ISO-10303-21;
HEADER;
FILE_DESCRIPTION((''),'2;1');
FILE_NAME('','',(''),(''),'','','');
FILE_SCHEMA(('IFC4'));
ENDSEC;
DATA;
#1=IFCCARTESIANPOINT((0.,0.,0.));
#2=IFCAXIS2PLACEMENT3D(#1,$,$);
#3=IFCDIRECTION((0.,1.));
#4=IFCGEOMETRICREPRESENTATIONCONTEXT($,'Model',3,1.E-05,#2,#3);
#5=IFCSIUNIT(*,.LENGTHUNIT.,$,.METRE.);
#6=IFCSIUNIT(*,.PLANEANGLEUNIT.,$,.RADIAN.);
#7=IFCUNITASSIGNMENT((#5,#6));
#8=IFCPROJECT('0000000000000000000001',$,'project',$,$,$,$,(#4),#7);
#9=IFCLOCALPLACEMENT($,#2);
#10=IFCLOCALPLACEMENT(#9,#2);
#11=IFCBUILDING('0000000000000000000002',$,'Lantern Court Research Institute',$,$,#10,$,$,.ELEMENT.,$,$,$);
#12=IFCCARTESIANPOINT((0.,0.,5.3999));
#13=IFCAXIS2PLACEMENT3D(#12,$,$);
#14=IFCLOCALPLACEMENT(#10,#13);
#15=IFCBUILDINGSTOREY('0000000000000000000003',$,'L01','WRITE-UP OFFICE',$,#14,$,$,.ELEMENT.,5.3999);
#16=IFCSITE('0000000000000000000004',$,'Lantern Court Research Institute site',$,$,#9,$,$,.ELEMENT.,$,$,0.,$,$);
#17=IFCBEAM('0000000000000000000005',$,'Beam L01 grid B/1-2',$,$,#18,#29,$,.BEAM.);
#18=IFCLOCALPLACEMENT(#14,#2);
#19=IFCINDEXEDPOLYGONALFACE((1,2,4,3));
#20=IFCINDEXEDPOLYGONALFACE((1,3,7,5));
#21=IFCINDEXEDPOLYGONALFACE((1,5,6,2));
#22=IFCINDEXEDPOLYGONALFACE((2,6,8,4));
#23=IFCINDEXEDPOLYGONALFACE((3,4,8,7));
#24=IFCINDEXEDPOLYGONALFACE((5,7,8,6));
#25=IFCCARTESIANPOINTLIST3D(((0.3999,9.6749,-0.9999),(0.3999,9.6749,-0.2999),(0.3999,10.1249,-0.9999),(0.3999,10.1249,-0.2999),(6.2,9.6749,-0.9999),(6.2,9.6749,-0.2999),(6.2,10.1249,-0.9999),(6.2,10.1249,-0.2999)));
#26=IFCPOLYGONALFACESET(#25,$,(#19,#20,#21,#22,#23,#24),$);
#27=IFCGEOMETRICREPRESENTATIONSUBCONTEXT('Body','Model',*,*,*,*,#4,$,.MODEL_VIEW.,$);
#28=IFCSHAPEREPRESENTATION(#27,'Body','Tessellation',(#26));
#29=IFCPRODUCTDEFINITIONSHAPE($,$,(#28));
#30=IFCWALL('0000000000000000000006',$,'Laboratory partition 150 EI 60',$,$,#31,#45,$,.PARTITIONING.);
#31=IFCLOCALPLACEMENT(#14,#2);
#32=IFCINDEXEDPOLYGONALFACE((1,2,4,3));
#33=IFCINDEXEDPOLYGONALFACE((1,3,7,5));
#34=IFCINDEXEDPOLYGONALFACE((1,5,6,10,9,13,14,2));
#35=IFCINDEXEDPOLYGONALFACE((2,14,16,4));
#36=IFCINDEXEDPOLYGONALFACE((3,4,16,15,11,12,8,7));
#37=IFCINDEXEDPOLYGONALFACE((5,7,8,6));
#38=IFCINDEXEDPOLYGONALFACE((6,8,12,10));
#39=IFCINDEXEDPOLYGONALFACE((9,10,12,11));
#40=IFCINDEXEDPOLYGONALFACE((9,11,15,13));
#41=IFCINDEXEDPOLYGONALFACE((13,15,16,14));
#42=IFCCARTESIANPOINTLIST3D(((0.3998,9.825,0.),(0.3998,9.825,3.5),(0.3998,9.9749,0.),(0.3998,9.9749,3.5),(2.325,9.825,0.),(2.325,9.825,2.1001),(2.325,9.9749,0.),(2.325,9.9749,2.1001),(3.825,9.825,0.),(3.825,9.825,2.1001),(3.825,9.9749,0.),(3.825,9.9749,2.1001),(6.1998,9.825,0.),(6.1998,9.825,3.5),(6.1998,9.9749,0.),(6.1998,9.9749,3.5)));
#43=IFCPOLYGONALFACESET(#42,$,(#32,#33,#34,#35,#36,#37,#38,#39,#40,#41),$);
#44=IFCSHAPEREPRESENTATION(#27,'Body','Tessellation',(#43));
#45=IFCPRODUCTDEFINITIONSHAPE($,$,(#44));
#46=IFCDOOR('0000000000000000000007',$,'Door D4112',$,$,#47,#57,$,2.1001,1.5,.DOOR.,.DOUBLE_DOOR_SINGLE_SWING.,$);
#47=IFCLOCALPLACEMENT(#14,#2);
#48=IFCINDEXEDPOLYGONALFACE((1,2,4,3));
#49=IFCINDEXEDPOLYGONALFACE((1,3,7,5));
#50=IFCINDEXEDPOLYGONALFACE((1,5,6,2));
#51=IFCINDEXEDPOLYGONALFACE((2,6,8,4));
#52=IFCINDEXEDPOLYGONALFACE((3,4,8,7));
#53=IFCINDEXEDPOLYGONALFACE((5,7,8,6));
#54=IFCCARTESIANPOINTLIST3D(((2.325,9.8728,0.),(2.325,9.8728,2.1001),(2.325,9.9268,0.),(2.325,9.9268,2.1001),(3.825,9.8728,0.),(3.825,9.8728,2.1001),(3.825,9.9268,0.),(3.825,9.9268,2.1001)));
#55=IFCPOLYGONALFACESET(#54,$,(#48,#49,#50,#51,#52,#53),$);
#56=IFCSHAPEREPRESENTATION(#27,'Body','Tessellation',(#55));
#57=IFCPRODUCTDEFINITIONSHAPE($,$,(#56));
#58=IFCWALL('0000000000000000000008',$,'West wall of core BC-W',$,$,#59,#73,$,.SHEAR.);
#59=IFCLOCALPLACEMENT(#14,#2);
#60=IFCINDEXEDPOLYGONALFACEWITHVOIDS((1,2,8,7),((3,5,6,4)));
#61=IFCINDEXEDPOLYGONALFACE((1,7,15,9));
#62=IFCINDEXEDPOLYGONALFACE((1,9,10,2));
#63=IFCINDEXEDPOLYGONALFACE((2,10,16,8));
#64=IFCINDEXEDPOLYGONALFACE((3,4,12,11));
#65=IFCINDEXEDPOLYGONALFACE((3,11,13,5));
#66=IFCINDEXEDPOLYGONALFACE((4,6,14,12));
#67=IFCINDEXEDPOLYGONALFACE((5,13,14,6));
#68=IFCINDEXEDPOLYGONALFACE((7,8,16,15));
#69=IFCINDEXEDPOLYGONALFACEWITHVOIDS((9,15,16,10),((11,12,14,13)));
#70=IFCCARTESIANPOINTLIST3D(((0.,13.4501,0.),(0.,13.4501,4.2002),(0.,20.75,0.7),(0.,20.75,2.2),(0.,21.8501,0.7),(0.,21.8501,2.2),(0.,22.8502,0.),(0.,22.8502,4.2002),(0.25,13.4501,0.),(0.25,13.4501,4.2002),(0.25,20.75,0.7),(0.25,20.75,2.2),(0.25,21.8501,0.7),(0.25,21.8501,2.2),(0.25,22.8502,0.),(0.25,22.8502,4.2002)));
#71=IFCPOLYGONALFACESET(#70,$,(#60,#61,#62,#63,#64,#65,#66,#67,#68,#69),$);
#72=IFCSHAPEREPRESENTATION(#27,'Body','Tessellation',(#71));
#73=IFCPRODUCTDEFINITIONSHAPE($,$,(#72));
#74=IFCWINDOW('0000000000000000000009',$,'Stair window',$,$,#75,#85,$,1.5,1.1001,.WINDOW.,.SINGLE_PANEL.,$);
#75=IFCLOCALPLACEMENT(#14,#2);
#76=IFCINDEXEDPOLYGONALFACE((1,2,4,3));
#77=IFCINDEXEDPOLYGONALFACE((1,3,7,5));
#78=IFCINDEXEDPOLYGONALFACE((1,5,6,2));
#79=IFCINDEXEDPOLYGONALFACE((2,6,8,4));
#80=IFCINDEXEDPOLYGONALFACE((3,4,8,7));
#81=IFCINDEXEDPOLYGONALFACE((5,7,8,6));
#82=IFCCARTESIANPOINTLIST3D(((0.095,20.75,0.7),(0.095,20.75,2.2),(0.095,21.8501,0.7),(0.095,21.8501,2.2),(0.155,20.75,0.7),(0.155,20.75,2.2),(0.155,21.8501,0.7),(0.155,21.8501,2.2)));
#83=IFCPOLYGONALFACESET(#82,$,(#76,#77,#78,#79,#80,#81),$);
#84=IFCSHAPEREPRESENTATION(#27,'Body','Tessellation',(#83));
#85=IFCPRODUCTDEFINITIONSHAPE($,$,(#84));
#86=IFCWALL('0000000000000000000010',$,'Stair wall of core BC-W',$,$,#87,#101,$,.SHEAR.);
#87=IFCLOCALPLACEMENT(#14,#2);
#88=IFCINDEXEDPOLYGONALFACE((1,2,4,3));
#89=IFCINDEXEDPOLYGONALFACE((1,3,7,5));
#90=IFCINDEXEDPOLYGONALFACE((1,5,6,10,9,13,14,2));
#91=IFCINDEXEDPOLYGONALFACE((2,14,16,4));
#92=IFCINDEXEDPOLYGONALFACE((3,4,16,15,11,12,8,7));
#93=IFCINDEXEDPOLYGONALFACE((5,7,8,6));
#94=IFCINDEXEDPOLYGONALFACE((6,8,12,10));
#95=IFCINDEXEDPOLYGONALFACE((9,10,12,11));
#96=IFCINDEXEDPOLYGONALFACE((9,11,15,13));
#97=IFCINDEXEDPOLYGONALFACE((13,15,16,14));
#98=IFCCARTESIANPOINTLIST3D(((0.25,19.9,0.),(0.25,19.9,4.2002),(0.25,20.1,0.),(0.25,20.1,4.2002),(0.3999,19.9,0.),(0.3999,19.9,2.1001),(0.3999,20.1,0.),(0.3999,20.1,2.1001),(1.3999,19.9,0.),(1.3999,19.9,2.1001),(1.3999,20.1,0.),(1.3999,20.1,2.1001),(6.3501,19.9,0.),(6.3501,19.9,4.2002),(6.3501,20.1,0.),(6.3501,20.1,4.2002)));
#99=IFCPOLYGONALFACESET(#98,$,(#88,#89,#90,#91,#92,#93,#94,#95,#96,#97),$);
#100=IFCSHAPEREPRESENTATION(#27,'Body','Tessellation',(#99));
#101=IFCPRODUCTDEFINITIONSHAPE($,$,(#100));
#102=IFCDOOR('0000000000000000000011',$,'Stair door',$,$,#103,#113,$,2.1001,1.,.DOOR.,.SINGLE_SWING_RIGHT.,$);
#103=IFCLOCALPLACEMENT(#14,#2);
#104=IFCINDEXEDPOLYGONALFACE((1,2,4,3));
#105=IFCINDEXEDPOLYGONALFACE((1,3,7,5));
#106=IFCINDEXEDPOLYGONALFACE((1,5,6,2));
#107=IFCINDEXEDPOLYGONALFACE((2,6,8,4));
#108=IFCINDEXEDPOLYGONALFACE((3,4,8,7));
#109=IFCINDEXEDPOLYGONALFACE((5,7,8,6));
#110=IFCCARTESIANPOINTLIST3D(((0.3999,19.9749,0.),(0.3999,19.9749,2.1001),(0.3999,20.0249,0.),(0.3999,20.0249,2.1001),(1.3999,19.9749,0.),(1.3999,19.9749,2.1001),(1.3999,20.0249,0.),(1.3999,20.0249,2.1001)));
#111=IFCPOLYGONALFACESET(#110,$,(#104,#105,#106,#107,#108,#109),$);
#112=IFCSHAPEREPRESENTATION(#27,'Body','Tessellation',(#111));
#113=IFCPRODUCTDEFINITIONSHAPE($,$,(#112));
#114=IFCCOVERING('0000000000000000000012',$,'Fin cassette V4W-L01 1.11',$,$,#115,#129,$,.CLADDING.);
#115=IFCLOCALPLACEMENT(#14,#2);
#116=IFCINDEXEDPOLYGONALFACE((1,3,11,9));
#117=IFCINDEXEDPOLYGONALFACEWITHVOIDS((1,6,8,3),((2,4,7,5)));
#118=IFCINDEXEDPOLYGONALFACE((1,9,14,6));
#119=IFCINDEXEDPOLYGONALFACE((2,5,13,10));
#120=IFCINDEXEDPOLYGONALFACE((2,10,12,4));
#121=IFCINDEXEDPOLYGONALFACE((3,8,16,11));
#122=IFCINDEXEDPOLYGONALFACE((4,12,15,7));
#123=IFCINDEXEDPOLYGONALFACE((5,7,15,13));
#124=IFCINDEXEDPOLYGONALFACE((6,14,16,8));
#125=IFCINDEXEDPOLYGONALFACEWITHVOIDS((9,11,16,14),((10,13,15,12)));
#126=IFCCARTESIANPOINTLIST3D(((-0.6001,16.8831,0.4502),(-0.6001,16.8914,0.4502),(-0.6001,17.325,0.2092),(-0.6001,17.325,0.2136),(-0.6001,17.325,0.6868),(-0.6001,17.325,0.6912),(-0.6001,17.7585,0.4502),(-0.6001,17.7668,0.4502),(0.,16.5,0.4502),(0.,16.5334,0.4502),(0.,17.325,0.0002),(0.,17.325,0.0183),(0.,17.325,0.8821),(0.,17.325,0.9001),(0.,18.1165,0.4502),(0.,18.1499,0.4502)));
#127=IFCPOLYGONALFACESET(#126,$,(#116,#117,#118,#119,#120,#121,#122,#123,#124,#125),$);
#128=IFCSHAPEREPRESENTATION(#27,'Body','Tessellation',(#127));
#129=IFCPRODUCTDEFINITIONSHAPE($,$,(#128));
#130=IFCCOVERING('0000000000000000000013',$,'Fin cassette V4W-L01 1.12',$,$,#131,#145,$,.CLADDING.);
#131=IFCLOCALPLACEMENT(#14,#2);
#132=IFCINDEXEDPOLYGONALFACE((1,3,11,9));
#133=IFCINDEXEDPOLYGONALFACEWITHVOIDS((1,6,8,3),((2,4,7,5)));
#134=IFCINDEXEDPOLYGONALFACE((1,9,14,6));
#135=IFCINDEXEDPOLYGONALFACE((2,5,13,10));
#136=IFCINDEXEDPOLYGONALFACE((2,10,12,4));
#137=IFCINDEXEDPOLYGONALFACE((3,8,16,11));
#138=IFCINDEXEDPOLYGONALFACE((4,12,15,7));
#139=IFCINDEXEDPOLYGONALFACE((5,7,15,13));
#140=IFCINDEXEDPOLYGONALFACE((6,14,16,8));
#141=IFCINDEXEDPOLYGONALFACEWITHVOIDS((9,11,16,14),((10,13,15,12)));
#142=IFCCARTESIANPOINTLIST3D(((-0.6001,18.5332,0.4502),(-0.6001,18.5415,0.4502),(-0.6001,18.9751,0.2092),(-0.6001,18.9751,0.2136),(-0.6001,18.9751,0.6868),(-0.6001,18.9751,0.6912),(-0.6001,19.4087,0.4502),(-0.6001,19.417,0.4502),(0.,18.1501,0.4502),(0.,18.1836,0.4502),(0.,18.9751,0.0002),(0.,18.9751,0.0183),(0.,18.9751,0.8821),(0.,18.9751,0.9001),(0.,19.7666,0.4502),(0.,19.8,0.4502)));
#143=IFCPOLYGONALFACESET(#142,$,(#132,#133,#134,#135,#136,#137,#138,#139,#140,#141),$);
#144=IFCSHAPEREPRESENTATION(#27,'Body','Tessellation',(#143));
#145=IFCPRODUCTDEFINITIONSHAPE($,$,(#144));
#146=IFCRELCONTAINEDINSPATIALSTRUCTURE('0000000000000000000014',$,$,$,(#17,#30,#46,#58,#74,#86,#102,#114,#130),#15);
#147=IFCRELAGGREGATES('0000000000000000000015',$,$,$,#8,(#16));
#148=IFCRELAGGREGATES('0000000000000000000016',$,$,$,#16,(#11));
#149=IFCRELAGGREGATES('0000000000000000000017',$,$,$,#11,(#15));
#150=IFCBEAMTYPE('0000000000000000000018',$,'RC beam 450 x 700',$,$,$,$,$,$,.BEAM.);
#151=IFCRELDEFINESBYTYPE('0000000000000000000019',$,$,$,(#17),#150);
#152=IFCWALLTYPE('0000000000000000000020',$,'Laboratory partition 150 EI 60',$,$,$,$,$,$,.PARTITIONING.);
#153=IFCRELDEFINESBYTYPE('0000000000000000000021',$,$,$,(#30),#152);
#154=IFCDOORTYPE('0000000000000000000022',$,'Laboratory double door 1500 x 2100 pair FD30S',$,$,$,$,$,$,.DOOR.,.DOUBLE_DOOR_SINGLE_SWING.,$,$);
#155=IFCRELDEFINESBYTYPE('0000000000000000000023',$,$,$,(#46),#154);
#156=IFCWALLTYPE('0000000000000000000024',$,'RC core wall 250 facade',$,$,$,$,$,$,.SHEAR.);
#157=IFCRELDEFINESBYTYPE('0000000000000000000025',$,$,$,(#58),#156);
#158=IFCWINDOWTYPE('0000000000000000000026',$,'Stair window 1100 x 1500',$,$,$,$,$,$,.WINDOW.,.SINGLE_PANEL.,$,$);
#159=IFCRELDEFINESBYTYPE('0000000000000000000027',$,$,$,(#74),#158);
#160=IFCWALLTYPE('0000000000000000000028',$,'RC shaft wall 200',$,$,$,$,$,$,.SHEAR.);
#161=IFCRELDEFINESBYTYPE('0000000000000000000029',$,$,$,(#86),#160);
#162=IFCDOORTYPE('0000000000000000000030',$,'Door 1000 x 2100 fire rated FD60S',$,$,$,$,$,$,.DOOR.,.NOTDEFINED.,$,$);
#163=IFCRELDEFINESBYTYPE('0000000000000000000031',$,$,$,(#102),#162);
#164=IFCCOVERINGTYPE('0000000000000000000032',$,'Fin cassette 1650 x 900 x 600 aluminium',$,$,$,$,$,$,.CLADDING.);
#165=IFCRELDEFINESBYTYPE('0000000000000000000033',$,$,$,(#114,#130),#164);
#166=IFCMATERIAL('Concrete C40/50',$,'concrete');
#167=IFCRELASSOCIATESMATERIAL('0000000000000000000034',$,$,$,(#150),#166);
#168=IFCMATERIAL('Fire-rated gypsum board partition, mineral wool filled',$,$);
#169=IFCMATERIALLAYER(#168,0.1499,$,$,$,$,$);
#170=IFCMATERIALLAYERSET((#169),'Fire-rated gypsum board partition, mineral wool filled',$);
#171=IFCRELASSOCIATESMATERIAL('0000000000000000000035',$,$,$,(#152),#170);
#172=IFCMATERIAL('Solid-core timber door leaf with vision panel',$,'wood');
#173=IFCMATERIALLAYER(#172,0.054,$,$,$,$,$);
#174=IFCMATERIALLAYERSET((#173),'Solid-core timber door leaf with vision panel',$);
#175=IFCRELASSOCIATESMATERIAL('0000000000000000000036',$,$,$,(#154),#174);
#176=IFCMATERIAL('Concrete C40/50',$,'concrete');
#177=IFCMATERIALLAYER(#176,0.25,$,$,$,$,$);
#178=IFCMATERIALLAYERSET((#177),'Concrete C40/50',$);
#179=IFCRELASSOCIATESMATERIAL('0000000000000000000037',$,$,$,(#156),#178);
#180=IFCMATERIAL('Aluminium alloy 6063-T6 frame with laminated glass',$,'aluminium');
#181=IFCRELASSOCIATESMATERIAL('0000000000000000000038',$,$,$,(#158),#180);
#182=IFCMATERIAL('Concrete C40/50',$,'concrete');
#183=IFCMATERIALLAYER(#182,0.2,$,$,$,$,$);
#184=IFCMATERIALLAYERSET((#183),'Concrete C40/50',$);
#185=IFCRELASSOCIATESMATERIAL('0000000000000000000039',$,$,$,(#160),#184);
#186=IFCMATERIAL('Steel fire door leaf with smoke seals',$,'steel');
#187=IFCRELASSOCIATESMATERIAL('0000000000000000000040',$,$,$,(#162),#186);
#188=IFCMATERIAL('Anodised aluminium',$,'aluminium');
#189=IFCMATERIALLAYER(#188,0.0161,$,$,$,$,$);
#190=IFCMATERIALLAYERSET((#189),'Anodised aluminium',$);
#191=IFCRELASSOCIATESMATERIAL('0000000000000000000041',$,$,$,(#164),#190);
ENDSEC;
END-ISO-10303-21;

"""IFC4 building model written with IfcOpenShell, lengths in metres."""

from ifc_helpers import new_model, entity, si_unit, direction, frame, frame_2d, origin, origin_2d, place, context, subcontext, project, spatial, rectangle, extrude, material, layer, layer_set, material_profile, profile_set, type_object, element, fill, save


model = new_model("IFC4")

# Units and contexts
model_context = context("Model", 3, precision=1e-05, world=origin(), true_north=direction((0.0, 1.0)))
body_context = subcontext(model_context, "Body", "Model", "MODEL_VIEW")
ifc_project = project(units=[si_unit("LENGTHUNIT", "METRE"), si_unit("PLANEANGLEUNIT", "RADIAN")], contexts=[model_context])

# Site, building, storey
site_placement = place(None, origin())
site = spatial("IfcSite", under=ifc_project, at=site_placement, Name="Lantern Court Research Institute site", CompositionType="ELEMENT", RefElevation=0.0)
building_placement = place(site_placement, origin())
building = spatial("IfcBuilding", under=site, at=building_placement, Name="Lantern Court Research Institute", CompositionType="ELEMENT")
storey_placement = place(building_placement, frame((0.0, 0.0, 5.3999)))
storey = spatial("IfcBuildingStorey", under=building, at=storey_placement, Name="L01", Description="WRITE-UP OFFICE", CompositionType="ELEMENT", Elevation=5.3999)

# Beam
ifc_material_1 = material(Name="Concrete C40/50", Category="concrete")
ifc_material_profile = material_profile(ifc_material_1, rectangle(XDim=0.45, YDim=0.7, at=origin_2d()), Name="RC beam 450 x 700")
ifc_profile_set = profile_set([ifc_material_profile], Name="Concrete C40/50")
beam_type = type_object("IfcBeamType", Name="RC beam 450 x 700", PredefinedType="BEAM", material=ifc_profile_set)
beam_placement = place(storey_placement, frame((0.3999, 9.8999, -0.6499), z_axis=(1.0, 0.0, 0.0), x_axis=(0.0, 1.0, 0.0)))
element("IfcBeam", 1, at=beam_placement, inside=storey, type_object=beam_type, Name="Beam L01 grid B/1-2", PredefinedType="BEAM", context=body_context, shape_type="SweptSolid", body=[
    extrude(rectangle(XDim=0.45, YDim=0.7, at=origin_2d()), origin(), (0.0, 0.0, 1.0), 5.8),
])

# Wall, opening, door
ifc_material_2 = material(Name="Fire-rated gypsum board partition, mineral wool filled")
ifc_layer_1 = layer(ifc_material_2, 0.1499)
ifc_layer_set_1 = layer_set([ifc_layer_1], Name="Fire-rated gypsum board partition, mineral wool filled")
wall_type_1 = type_object("IfcWallType", Name="Laboratory partition 150 EI 60", PredefinedType="PARTITIONING", material=ifc_layer_set_1)
wall_1_placement = place(storey_placement, frame((0.3999, 9.8999, 0.0), z_axis=(0.0, 0.0, 1.0), x_axis=(1.0, 0.0, 0.0)))
wall_1 = element("IfcWall", 2, at=wall_1_placement, inside=storey, type_object=wall_type_1, Name="Laboratory partition 150 EI 60", PredefinedType="PARTITIONING", context=body_context, shape_type="SweptSolid", body=[
    extrude(rectangle(XDim=5.8, YDim=0.1499, at=frame_2d((2.8999, 0.0))), origin(), (0.0, 0.0, 1.0), 3.5),
])
opening_1_placement = place(wall_1_placement, frame((1.925, 0.0, 0.0)))
opening_1 = element("IfcOpeningElement", 3, at=opening_1_placement, cuts=wall_1, PredefinedType="OPENING", context=body_context, shape_type="SweptSolid", body=[
    extrude(rectangle(XDim=1.5, YDim=2.1001, at=frame_2d((0.75, 1.05))), frame((0.0, 0.085, 0.0), z_axis=(0.0, -1.0, 0.0), x_axis=(1.0, 0.0, 0.0)), (0.0, 0.0, 1.0), 0.1699),
])
ifc_material_3 = material(Name="Solid-core timber door leaf with vision panel", Category="wood")
ifc_layer_2 = layer(ifc_material_3, 0.054)
ifc_layer_set_2 = layer_set([ifc_layer_2], Name="Solid-core timber door leaf with vision panel")
door_type_1 = type_object("IfcDoorType", Name="Laboratory double door 1500 x 2100 pair FD30S", OperationType="DOUBLE_DOOR_SINGLE_SWING", PredefinedType="DOOR", material=ifc_layer_set_2)
door_1_placement = place(opening_1_placement, origin())
door_1 = element("IfcDoor", 4, at=door_1_placement, inside=storey, type_object=door_type_1, Name="Door D4112", OperationType="DOUBLE_DOOR_SINGLE_SWING", OverallHeight=2.1001, OverallWidth=1.5, PredefinedType="DOOR", context=body_context, shape_type="SweptSolid", body=[
    extrude(rectangle(XDim=1.5, YDim=2.1001, at=frame_2d((0.75, 1.05))), frame((0.0, 0.0269, 0.0), z_axis=(0.0, -1.0, 0.0), x_axis=(1.0, 0.0, 0.0)), (0.0, 0.0, 1.0), 0.054),
])
fill(opening_1, door_1)

# Wall, opening, window
ifc_material_4 = material(Name="Concrete C40/50", Category="concrete")
ifc_layer_3 = layer(ifc_material_4, 0.25)
ifc_layer_set_3 = layer_set([ifc_layer_3], Name="Concrete C40/50")
wall_type_2 = type_object("IfcWallType", Name="RC core wall 250 facade", PredefinedType="SHEAR", material=ifc_layer_set_3)
wall_2_placement = place(storey_placement, frame((0.125, 13.45, 0.0), z_axis=(0.0, 0.0, 1.0), x_axis=(0.0, 1.0, 0.0)))
wall_2 = element("IfcWall", 5, at=wall_2_placement, inside=storey, type_object=wall_type_2, Name="West wall of core BC-W", PredefinedType="SHEAR", context=body_context, shape_type="SweptSolid", body=[
    extrude(rectangle(XDim=9.4001, YDim=0.25, at=frame_2d((4.7002, 0.0))), origin(), (0.0, 0.0, 1.0), 4.2002),
])
opening_2_placement = place(wall_2_placement, frame((7.3, 0.0, 0.7)))
opening_2 = element("IfcOpeningElement", 6, at=opening_2_placement, cuts=wall_2, PredefinedType="OPENING", context=body_context, shape_type="SweptSolid", body=[
    extrude(rectangle(XDim=1.1001, YDim=1.5, at=frame_2d((0.55, 0.75))), frame((0.0, 0.135, 0.0), z_axis=(0.0, -1.0, 0.0), x_axis=(1.0, 0.0, 0.0)), (0.0, 0.0, 1.0), 0.27),
])
ifc_material_5 = material(Name="Aluminium alloy 6063-T6 frame with laminated glass", Category="aluminium")
window_type = type_object("IfcWindowType", Name="Stair window 1100 x 1500", PartitioningType="SINGLE_PANEL", PredefinedType="WINDOW", material=ifc_material_5)
window_placement = place(opening_2_placement, origin())
window = element("IfcWindow", 7, at=window_placement, inside=storey, type_object=window_type, Name="Stair window", OverallHeight=1.5, OverallWidth=1.1001, PartitioningType="SINGLE_PANEL", PredefinedType="WINDOW", context=body_context, shape_type="SweptSolid", body=[
    extrude(rectangle(XDim=1.1001, YDim=1.5, at=frame_2d((0.55, 0.75))), frame((0.0, 0.03, 0.0), z_axis=(0.0, -1.0, 0.0), x_axis=(1.0, 0.0, 0.0)), (0.0, 0.0, 1.0), 0.0601),
])
fill(opening_2, window)

# Wall, opening, door
ifc_material_6 = material(Name="Concrete C40/50", Category="concrete")
ifc_layer_4 = layer(ifc_material_6, 0.2)
ifc_layer_set_4 = layer_set([ifc_layer_4], Name="Concrete C40/50")
wall_type_3 = type_object("IfcWallType", Name="RC shaft wall 200", PredefinedType="SHEAR", material=ifc_layer_set_4)
wall_3_placement = place(storey_placement, frame((0.25, 20.0, 0.0), z_axis=(0.0, 0.0, 1.0), x_axis=(1.0, 0.0, 0.0)))
wall_3 = element("IfcWall", 8, at=wall_3_placement, inside=storey, type_object=wall_type_3, Name="Stair wall of core BC-W", PredefinedType="SHEAR", context=body_context, shape_type="SweptSolid", body=[
    extrude(rectangle(XDim=6.1001, YDim=0.2, at=frame_2d((3.05, 0.0))), origin(), (0.0, 0.0, 1.0), 4.2002),
])
opening_3_placement = place(wall_3_placement, frame((0.1499, 0.0, 0.0)))
opening_3 = element("IfcOpeningElement", 9, at=opening_3_placement, cuts=wall_3, PredefinedType="OPENING", context=body_context, shape_type="SweptSolid", body=[
    extrude(rectangle(XDim=1.0, YDim=2.1001, at=frame_2d((0.5, 1.05))), frame((0.0, 0.1099, 0.0), z_axis=(0.0, -1.0, 0.0), x_axis=(1.0, 0.0, 0.0)), (0.0, 0.0, 1.0), 0.22),
])
ifc_material_7 = material(Name="Steel fire door leaf with smoke seals", Category="steel")
door_type_2 = type_object("IfcDoorType", Name="Door 1000 x 2100 fire rated FD60S", OperationType="NOTDEFINED", PredefinedType="DOOR", material=ifc_material_7)
door_2_placement = place(opening_3_placement, origin())
door_2 = element("IfcDoor", 10, at=door_2_placement, inside=storey, type_object=door_type_2, Name="Stair door", OperationType="SINGLE_SWING_RIGHT", OverallHeight=2.1001, OverallWidth=1.0, PredefinedType="DOOR", context=body_context, shape_type="SweptSolid", body=[
    extrude(rectangle(XDim=1.0, YDim=2.1001, at=frame_2d((0.5, 1.05))), frame((0.0, 0.0249, 0.0), z_axis=(0.0, -1.0, 0.0), x_axis=(1.0, 0.0, 0.0)), (0.0, 0.0, 1.0), 0.05),
])
fill(opening_3, door_2)

# Coverings
ifc_material_8 = material(Name="Anodised aluminium", Category="aluminium")
ifc_layer_5 = layer(ifc_material_8, 0.0161)
ifc_layer_set_5 = layer_set([ifc_layer_5], Name="Anodised aluminium")
covering_type = type_object("IfcCoveringType", Name="Fin cassette 1650 x 900 x 600 aluminium", PredefinedType="CLADDING", material=ifc_layer_set_5)
covering_1_placement = place(storey_placement, frame((0.0, 17.325, 0.4502), z_axis=(-1.0, 0.0, 0.0), x_axis=(0.0, -1.0, 0.0)))
cartesian_point_1 = entity("IfcCartesianPoint", [0.825, 0.0])
cartesian_point_2 = entity("IfcCartesianPoint", [0.7915, 0.0])
cartesian_point_3 = entity("IfcCartesianPoint", [0.4419, 0.0])
cartesian_point_4 = entity("IfcCartesianPoint", [0.4336, 0.0])
element("IfcCovering", 11, at=covering_1_placement, inside=storey, type_object=covering_type, Name="Fin cassette V4W-L01 1.11", PredefinedType="CLADDING", context=body_context, shape_type="SweptSolid", body=[
    entity("IfcExtrudedAreaSolidTapered", entity("IfcArbitraryProfileDefWithVoids", "AREA", None, entity("IfcPolyline", [cartesian_point_1, entity("IfcCartesianPoint", [0.0, 0.45]), entity("IfcCartesianPoint", [-0.825, 0.0]), entity("IfcCartesianPoint", [0.0, -0.45]), cartesian_point_1]), [entity("IfcPolyline", [cartesian_point_2, entity("IfcCartesianPoint", [0.0, 0.4319]), entity("IfcCartesianPoint", [-0.7915, 0.0]), entity("IfcCartesianPoint", [0.0, -0.4319]), cartesian_point_2])]), entity("IfcAxis2Placement3D", entity("IfcCartesianPoint", [0.0, 0.0, 0.0])), entity("IfcDirection", [0.0, 0.0, 1.0]), 0.6001, entity("IfcArbitraryProfileDefWithVoids", "AREA", None, entity("IfcPolyline", [cartesian_point_3, entity("IfcCartesianPoint", [0.0, 0.241]), entity("IfcCartesianPoint", [-0.4419, 0.0]), entity("IfcCartesianPoint", [0.0, -0.241]), cartesian_point_3]), [entity("IfcPolyline", [cartesian_point_4, entity("IfcCartesianPoint", [0.0, 0.2366]), entity("IfcCartesianPoint", [-0.4336, 0.0]), entity("IfcCartesianPoint", [0.0, -0.2366]), cartesian_point_4])])),
])
covering_2_placement = place(storey_placement, frame((0.0, 18.9751, 0.4502), z_axis=(-1.0, 0.0, 0.0), x_axis=(0.0, -1.0, 0.0)))
cartesian_point_5 = entity("IfcCartesianPoint", [0.825, 0.0])
cartesian_point_6 = entity("IfcCartesianPoint", [0.7915, 0.0])
cartesian_point_7 = entity("IfcCartesianPoint", [0.4419, 0.0])
cartesian_point_8 = entity("IfcCartesianPoint", [0.4336, 0.0])
element("IfcCovering", 12, at=covering_2_placement, inside=storey, type_object=covering_type, Name="Fin cassette V4W-L01 1.12", PredefinedType="CLADDING", context=body_context, shape_type="SweptSolid", body=[
    entity("IfcExtrudedAreaSolidTapered", entity("IfcArbitraryProfileDefWithVoids", "AREA", None, entity("IfcPolyline", [cartesian_point_5, entity("IfcCartesianPoint", [0.0, 0.45]), entity("IfcCartesianPoint", [-0.825, 0.0]), entity("IfcCartesianPoint", [0.0, -0.45]), cartesian_point_5]), [entity("IfcPolyline", [cartesian_point_6, entity("IfcCartesianPoint", [0.0, 0.4319]), entity("IfcCartesianPoint", [-0.7915, 0.0]), entity("IfcCartesianPoint", [0.0, -0.4319]), cartesian_point_6])]), entity("IfcAxis2Placement3D", entity("IfcCartesianPoint", [0.0, 0.0, 0.0])), entity("IfcDirection", [0.0, 0.0, 1.0]), 0.6001, entity("IfcArbitraryProfileDefWithVoids", "AREA", None, entity("IfcPolyline", [cartesian_point_7, entity("IfcCartesianPoint", [0.0, 0.241]), entity("IfcCartesianPoint", [-0.4419, 0.0]), entity("IfcCartesianPoint", [0.0, -0.241]), cartesian_point_7]), [entity("IfcPolyline", [cartesian_point_8, entity("IfcCartesianPoint", [0.0, 0.2366]), entity("IfcCartesianPoint", [-0.4336, 0.0]), entity("IfcCartesianPoint", [0.0, -0.2366]), cartesian_point_8])])),
])

save(model, "model.ifc")
